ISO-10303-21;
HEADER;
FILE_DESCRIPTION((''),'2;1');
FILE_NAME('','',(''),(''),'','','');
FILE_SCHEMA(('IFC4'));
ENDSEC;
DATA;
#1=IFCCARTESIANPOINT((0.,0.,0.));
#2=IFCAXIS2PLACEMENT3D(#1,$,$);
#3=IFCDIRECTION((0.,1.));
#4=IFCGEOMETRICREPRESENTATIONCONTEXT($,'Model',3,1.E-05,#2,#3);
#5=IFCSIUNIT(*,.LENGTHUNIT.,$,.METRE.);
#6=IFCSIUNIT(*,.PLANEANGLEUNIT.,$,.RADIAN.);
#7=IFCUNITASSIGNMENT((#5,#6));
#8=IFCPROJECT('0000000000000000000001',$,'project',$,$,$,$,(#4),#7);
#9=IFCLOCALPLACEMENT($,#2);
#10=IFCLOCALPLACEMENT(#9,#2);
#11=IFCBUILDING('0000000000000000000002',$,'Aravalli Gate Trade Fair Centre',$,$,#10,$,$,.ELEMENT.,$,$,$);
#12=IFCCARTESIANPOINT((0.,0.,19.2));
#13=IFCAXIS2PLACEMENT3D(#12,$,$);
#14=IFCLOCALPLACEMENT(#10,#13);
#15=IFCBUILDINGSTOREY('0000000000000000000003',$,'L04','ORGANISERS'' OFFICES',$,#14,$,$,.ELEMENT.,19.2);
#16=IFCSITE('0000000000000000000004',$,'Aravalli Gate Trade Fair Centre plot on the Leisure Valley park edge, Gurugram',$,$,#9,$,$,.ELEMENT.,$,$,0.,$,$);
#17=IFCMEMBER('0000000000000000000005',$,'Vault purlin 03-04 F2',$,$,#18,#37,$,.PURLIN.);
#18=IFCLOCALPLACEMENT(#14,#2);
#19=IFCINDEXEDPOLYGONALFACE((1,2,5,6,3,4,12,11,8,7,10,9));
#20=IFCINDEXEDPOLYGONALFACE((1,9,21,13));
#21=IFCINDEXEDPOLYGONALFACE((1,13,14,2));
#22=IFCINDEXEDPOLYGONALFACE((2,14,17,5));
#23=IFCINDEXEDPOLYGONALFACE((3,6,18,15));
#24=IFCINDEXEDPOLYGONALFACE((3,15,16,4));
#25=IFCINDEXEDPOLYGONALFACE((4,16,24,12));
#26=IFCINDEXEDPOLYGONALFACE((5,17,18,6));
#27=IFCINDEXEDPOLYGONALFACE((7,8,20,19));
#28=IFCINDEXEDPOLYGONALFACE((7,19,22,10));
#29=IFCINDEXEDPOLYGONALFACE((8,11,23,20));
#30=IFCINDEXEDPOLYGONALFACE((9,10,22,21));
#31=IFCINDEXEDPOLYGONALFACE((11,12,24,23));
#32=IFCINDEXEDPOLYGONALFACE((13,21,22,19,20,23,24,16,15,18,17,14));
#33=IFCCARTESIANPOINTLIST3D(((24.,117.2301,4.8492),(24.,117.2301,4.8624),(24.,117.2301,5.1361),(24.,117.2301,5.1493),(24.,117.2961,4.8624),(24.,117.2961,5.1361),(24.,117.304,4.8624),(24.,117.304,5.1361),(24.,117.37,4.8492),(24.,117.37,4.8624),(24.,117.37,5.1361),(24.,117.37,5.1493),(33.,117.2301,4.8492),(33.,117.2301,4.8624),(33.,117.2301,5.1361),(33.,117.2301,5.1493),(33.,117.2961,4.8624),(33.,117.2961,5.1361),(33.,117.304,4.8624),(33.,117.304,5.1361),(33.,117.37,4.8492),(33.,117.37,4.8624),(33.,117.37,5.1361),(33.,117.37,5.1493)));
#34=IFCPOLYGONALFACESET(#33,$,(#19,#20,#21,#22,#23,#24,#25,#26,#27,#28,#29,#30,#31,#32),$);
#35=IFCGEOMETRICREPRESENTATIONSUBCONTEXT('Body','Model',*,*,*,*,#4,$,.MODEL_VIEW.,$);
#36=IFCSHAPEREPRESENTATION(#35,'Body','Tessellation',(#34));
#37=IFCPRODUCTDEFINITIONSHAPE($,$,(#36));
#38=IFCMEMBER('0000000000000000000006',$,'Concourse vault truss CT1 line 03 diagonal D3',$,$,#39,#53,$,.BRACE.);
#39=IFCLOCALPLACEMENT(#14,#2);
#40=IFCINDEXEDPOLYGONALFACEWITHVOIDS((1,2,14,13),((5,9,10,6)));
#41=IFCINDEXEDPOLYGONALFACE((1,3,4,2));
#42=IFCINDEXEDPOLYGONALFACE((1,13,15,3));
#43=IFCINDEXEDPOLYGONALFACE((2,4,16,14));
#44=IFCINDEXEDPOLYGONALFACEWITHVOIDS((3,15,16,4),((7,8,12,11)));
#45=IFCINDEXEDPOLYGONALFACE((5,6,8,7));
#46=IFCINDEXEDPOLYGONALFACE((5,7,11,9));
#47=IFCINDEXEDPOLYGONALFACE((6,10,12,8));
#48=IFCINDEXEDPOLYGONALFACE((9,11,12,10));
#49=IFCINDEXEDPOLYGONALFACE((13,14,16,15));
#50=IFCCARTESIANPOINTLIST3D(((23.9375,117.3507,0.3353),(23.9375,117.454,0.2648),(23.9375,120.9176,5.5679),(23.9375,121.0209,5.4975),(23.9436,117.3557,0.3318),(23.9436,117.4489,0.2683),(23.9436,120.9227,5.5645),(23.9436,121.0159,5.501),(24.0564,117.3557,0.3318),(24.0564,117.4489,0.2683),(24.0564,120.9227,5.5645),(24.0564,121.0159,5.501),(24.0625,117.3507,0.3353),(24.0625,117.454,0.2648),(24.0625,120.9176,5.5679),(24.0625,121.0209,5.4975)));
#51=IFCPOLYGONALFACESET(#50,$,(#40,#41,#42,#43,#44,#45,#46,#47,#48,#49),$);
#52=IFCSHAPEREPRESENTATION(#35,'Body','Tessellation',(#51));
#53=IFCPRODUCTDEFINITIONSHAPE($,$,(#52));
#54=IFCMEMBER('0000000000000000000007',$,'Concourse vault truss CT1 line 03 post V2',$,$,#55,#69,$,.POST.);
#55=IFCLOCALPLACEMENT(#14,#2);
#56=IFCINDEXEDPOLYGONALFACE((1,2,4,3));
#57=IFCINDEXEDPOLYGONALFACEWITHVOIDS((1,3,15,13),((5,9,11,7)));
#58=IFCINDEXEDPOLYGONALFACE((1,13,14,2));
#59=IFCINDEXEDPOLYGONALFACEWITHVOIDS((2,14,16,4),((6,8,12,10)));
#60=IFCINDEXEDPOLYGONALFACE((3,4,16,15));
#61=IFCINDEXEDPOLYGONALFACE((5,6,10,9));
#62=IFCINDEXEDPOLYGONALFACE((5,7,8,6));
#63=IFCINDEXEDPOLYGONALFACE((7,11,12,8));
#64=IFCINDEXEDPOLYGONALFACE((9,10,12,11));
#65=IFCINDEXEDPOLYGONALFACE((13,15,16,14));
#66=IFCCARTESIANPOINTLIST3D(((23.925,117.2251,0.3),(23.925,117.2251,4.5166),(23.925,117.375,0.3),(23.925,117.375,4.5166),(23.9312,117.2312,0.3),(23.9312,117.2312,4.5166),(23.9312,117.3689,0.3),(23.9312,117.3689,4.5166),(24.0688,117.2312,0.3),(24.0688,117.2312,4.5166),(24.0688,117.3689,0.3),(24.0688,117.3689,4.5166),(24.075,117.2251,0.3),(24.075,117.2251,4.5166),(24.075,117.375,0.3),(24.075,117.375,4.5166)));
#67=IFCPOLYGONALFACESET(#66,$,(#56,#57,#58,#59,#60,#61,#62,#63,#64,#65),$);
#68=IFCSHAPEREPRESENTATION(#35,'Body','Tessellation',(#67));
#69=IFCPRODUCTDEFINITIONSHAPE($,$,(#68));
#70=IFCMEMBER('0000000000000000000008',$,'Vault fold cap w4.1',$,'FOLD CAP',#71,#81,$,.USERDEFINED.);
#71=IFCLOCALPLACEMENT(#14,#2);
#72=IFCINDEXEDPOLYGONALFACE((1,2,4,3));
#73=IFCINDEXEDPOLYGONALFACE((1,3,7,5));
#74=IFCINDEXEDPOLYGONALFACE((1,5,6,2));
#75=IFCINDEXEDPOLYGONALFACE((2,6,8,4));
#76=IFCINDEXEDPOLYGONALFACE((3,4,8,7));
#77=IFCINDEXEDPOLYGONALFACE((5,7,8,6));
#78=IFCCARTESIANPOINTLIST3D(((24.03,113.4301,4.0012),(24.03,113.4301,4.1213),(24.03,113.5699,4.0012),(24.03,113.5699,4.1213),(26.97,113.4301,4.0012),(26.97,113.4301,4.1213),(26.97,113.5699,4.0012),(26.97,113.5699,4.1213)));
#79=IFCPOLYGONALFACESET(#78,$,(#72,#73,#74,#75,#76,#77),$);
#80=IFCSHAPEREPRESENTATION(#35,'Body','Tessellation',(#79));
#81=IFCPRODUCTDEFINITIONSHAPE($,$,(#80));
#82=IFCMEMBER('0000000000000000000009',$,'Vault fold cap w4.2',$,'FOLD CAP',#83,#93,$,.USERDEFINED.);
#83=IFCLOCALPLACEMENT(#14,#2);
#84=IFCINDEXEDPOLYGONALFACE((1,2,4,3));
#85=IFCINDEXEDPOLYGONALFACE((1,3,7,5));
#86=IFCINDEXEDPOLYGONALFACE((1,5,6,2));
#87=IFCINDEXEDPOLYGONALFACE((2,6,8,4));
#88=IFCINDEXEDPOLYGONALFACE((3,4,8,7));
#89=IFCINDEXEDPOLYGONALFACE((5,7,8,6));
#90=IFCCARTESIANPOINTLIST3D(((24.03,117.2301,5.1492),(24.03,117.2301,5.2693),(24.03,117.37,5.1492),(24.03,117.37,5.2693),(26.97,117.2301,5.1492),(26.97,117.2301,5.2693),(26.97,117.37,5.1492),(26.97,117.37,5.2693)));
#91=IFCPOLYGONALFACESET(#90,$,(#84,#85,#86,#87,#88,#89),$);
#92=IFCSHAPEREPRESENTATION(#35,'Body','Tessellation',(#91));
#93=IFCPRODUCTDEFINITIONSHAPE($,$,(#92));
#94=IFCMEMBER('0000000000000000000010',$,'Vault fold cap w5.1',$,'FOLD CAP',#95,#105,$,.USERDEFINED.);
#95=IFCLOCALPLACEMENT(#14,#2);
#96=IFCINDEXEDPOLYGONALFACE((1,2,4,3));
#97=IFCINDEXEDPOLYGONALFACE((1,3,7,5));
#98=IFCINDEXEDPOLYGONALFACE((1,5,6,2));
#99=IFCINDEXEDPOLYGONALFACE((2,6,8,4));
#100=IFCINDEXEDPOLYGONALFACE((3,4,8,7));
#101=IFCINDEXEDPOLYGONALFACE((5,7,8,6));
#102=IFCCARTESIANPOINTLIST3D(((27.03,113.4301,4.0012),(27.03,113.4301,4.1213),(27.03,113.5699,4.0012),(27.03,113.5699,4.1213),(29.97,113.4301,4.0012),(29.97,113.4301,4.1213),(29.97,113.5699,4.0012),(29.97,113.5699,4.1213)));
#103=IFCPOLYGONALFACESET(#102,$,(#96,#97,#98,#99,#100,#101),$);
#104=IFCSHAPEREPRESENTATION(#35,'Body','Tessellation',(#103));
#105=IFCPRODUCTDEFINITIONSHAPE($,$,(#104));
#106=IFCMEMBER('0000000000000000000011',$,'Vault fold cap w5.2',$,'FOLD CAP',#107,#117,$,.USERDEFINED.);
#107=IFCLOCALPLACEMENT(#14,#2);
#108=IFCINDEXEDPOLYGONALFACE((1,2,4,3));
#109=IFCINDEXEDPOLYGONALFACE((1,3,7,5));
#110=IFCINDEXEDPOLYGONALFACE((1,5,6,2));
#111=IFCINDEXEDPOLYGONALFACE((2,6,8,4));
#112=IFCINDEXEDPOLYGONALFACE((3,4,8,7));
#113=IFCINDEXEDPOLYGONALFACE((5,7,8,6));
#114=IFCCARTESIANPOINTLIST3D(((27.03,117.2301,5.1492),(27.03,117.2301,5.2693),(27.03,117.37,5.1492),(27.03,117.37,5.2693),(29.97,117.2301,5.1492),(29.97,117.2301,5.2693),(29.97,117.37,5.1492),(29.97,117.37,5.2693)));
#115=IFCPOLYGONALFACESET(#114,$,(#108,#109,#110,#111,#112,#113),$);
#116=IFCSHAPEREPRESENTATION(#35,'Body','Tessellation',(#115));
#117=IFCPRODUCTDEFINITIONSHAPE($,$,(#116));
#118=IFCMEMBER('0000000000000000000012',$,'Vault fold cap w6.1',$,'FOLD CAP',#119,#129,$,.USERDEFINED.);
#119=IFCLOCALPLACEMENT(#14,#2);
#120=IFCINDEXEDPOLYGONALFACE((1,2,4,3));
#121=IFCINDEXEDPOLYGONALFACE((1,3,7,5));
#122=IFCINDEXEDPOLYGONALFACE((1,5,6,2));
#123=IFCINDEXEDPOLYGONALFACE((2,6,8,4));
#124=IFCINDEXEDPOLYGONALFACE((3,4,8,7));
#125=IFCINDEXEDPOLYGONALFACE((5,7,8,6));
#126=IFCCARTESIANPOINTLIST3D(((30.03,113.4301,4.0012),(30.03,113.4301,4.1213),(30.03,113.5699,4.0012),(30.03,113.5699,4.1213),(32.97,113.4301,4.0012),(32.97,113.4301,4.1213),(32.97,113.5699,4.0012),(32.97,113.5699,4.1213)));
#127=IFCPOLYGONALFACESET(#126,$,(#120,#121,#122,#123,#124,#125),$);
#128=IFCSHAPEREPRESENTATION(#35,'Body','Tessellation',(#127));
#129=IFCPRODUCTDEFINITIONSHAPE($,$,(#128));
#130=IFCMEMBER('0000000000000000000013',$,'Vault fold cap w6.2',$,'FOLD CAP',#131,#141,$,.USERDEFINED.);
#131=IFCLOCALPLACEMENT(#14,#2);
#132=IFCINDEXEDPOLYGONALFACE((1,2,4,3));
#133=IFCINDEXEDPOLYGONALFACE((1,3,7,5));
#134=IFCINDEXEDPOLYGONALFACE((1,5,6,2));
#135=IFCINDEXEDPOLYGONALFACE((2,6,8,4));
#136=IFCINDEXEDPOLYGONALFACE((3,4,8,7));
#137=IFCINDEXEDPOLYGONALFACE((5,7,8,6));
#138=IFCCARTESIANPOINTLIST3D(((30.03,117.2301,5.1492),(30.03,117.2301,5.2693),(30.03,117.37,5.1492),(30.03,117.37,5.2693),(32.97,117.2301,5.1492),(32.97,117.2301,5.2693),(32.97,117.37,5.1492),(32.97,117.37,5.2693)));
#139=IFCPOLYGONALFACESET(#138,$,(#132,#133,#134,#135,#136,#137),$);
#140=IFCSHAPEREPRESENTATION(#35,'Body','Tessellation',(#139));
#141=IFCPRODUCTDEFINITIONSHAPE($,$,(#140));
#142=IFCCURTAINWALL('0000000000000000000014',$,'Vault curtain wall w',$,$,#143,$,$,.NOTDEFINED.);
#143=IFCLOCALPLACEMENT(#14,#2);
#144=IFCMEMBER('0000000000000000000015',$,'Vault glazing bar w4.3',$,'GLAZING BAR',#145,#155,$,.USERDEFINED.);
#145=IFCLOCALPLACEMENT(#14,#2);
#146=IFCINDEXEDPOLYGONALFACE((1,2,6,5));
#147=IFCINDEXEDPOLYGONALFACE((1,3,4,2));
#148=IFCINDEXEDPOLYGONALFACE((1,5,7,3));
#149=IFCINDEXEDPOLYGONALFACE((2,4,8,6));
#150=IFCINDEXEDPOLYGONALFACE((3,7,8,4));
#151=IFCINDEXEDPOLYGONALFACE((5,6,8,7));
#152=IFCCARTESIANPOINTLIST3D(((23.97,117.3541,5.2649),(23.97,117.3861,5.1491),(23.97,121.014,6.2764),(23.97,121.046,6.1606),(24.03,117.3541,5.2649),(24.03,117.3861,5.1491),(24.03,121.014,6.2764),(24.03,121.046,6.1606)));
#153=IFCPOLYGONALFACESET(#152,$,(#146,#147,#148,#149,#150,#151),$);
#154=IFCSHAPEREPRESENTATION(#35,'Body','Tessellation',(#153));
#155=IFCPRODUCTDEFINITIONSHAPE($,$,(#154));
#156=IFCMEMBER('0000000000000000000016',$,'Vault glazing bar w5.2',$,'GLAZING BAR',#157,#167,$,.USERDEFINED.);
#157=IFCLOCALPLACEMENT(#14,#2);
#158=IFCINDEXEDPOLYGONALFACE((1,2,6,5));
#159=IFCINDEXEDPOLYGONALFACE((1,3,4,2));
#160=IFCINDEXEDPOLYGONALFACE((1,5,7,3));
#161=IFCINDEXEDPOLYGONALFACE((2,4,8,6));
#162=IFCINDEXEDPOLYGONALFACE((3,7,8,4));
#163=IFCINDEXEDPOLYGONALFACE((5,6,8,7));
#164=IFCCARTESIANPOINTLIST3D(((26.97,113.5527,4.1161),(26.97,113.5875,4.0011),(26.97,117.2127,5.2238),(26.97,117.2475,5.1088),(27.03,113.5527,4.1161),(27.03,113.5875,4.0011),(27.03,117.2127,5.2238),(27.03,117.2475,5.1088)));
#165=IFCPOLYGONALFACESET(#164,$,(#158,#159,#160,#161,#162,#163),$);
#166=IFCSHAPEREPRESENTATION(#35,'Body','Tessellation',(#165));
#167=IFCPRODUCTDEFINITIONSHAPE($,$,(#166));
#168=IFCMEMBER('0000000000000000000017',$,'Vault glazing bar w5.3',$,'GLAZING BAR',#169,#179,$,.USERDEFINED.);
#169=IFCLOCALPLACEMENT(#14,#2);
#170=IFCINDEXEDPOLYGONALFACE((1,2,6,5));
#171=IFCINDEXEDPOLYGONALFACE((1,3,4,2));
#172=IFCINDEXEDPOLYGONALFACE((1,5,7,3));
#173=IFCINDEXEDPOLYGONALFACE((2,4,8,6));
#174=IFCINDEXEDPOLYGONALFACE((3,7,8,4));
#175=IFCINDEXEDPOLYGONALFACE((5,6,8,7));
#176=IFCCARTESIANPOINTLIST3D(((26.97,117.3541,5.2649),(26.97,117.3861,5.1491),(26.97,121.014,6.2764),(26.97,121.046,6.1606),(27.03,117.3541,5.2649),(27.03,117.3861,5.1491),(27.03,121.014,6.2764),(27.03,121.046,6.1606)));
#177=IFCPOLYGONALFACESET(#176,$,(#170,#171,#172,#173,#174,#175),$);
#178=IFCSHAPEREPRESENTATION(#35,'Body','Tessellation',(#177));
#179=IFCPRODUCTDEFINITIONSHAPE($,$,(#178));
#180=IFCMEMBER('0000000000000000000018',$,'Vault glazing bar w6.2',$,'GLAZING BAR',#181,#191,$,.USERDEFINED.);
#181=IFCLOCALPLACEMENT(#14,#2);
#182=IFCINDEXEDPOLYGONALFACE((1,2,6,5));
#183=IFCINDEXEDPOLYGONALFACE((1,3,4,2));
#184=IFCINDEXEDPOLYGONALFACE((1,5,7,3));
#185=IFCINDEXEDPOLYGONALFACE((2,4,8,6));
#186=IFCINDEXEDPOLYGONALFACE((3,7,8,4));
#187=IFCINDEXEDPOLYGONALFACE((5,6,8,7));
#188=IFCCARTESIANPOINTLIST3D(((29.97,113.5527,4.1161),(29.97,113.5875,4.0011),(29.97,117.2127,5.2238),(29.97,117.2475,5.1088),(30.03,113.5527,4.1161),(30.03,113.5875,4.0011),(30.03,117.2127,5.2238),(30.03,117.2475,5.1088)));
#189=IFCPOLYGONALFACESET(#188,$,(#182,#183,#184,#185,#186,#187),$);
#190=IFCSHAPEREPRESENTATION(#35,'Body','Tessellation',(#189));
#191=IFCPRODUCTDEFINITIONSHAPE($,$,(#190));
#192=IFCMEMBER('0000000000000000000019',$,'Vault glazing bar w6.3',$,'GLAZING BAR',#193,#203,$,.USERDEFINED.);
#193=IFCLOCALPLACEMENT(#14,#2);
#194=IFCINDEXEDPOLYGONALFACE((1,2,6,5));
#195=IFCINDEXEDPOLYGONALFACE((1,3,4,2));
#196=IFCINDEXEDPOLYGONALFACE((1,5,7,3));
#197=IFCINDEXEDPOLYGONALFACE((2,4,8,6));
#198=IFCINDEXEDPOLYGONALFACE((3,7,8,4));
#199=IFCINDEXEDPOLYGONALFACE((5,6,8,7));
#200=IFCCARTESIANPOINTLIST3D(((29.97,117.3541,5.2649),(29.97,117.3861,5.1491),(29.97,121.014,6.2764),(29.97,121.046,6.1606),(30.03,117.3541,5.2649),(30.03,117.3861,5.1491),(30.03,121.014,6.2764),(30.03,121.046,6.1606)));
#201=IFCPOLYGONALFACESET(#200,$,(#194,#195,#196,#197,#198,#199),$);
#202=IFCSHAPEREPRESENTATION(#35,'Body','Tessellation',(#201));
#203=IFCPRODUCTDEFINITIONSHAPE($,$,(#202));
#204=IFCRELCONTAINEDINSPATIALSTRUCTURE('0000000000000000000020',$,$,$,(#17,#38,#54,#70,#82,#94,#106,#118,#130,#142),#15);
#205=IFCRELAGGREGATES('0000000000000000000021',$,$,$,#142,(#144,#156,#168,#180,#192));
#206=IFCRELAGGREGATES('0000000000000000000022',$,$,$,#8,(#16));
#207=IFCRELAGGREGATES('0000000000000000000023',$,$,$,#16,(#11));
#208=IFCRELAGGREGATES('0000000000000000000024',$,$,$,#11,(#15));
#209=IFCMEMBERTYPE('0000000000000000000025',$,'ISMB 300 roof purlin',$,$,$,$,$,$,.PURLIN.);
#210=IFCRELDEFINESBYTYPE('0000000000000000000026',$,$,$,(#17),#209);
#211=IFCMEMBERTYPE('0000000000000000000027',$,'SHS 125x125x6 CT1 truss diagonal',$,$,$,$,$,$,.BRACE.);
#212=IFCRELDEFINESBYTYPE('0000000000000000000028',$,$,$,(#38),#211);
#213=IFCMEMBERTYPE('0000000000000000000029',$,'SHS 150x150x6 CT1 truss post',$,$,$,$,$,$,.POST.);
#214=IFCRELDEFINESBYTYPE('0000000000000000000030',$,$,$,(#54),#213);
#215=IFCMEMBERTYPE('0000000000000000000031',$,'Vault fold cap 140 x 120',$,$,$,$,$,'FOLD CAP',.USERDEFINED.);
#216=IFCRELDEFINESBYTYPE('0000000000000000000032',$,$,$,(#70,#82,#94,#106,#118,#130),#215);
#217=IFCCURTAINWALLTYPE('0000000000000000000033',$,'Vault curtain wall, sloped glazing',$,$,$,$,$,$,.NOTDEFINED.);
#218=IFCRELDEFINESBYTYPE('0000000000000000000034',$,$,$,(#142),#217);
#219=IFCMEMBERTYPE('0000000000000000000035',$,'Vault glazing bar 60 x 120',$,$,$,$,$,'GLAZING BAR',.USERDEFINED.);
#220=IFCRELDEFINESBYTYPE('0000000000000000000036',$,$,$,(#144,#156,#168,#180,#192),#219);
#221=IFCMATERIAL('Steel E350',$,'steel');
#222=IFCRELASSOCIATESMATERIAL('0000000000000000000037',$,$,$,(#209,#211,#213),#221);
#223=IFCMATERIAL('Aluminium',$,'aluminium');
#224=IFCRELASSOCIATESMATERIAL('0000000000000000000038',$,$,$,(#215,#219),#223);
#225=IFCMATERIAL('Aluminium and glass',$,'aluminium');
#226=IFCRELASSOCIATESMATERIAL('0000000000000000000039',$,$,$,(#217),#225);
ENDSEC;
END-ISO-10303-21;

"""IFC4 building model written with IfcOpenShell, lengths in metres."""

from ifc_helpers import new_model, si_unit, direction, frame, origin, origin_2d, place, context, subcontext, project, spatial, rectangle, hollow_rectangle, i_section, extrude, material, material_profile, profile_set, type_object, element, aggregate, save


model = new_model("IFC4")

# Units and contexts
model_context = context("Model", 3, precision=1e-05, world=origin(), true_north=direction((0.0, 1.0)))
body_context = subcontext(model_context, "Body", "Model", "MODEL_VIEW")
ifc_project = project(units=[si_unit("LENGTHUNIT", "METRE"), si_unit("PLANEANGLEUNIT", "RADIAN")], contexts=[model_context])

# Site, building, storey
site_placement = place(None, origin())
site = spatial("IfcSite", under=ifc_project, at=site_placement, Name="Aravalli Gate Trade Fair Centre plot on the Leisure Valley park edge, Gurugram", CompositionType="ELEMENT", RefElevation=0.0)
building_placement = place(site_placement, origin())
building = spatial("IfcBuilding", under=site, at=building_placement, Name="Aravalli Gate Trade Fair Centre", CompositionType="ELEMENT")
storey_placement = place(building_placement, frame((0.0, 0.0, 19.2)))
storey = spatial("IfcBuildingStorey", under=building, at=storey_placement, Name="L04", Description="ORGANISERS' OFFICES", CompositionType="ELEMENT", Elevation=19.2)

# Members
ifc_material_1 = material(Name="Steel E350", Category="steel")
ifc_material_profile_1 = material_profile(ifc_material_1, i_section(OverallWidth=0.1399, OverallDepth=0.3, WebThickness=0.0078, FlangeThickness=0.0132, at=origin_2d()), Name="ISMB 300")
ifc_profile_set_1 = profile_set([ifc_material_profile_1], Name="Steel E350")
member_type_1 = type_object("IfcMemberType", Name="ISMB 300 roof purlin", PredefinedType="PURLIN", material=ifc_profile_set_1)
member_1_placement = place(storey_placement, frame((24.0, 117.3, 4.9993), z_axis=(1.0, 0.0, 0.0), x_axis=(0.0, 1.0, 0.0)))
element("IfcMember", 1, at=member_1_placement, inside=storey, type_object=member_type_1, Name="Vault purlin 03-04 F2", PredefinedType="PURLIN", context=body_context, shape_type="SweptSolid", body=[
    extrude(i_section(OverallWidth=0.1399, OverallDepth=0.3, WebThickness=0.0078, FlangeThickness=0.0132, at=origin_2d()), origin(), (0.0, 0.0, 1.0), 9.0),
])
ifc_material_profile_2 = material_profile(ifc_material_1, hollow_rectangle(XDim=0.125, YDim=0.125, WallThickness=0.0061, at=origin_2d()), Name="SHS 125x125x6")
ifc_profile_set_2 = profile_set([ifc_material_profile_2], Name="Steel E350")
member_type_2 = type_object("IfcMemberType", Name="SHS 125x125x6 CT1 truss diagonal", PredefinedType="BRACE", material=ifc_profile_set_2)
member_2_placement = place(storey_placement, frame((24.0, 117.4023, 0.3), z_axis=(0.0, 0.563247, 0.826289), x_axis=(-1.0, 0.0, 0.0)))
element("IfcMember", 2, at=member_2_placement, inside=storey, type_object=member_type_2, Name="Concourse vault truss CT1 line 03 diagonal D3", PredefinedType="BRACE", context=body_context, shape_type="SweptSolid", body=[
    extrude(hollow_rectangle(XDim=0.125, YDim=0.125, WallThickness=0.0061, at=origin_2d()), origin(), (0.0, 0.0, 1.0), 6.3328),
])
ifc_material_profile_3 = material_profile(ifc_material_1, hollow_rectangle(XDim=0.1499, YDim=0.1499, WallThickness=0.0061, at=origin_2d()), Name="SHS 150x150x6")
ifc_profile_set_3 = profile_set([ifc_material_profile_3], Name="Steel E350")
member_type_3 = type_object("IfcMemberType", Name="SHS 150x150x6 CT1 truss post", PredefinedType="POST", material=ifc_profile_set_3)
member_3_placement = place(storey_placement, frame((24.0, 117.3, 0.3), z_axis=(0.0, 0.0, 1.0), x_axis=(1.0, 0.0, 0.0)))
element("IfcMember", 3, at=member_3_placement, inside=storey, type_object=member_type_3, Name="Concourse vault truss CT1 line 03 post V2", PredefinedType="POST", context=body_context, shape_type="SweptSolid", body=[
    extrude(hollow_rectangle(XDim=0.1499, YDim=0.1499, WallThickness=0.0061, at=origin_2d()), origin(), (0.0, 0.0, 1.0), 4.2166),
])
ifc_material_2 = material(Name="Aluminium", Category="aluminium")
ifc_material_profile_4 = material_profile(ifc_material_2, rectangle(XDim=0.1399, YDim=0.1201, at=origin_2d()), Name="Vault fold cap 140 x 120")
ifc_profile_set_4 = profile_set([ifc_material_profile_4], Name="Aluminium")
member_type_4 = type_object("IfcMemberType", Name="Vault fold cap 140 x 120", ElementType="FOLD CAP", PredefinedType="USERDEFINED", material=ifc_profile_set_4)
for number, where, z_axis, x_axis, name in (
    (4, (24.03, 113.5, 4.0613), (1.0, 0.0, 0.0), (0.0, 1.0, 0.0), "Vault fold cap w4.1"),
    (5, (24.03, 117.3, 5.2092), (1.0, 0.0, 0.0), (0.0, 1.0, 0.0), "Vault fold cap w4.2"),
    (6, (27.03, 113.5, 4.0613), (1.0, 0.0, 0.0), (0.0, 1.0, 0.0), "Vault fold cap w5.1"),
    (7, (27.03, 117.3, 5.2092), (1.0, 0.0, 0.0), (0.0, 1.0, 0.0), "Vault fold cap w5.2"),
    (8, (30.03, 113.5, 4.0613), (1.0, 0.0, 0.0), (0.0, 1.0, 0.0), "Vault fold cap w6.1"),
    (9, (30.03, 117.3, 5.2092), (1.0, 0.0, 0.0), (0.0, 1.0, 0.0), "Vault fold cap w6.2"),
):
    element("IfcMember", number, at=place(storey_placement, frame(where, z_axis=z_axis, x_axis=x_axis)), inside=storey, type_object=member_type_4, Name=name, ObjectType="FOLD CAP", PredefinedType="USERDEFINED", context=body_context, shape_type="SweptSolid", body=[
        extrude(rectangle(XDim=0.1399, YDim=0.1201, at=origin_2d()), origin(), (0.0, 0.0, 1.0), 2.9399),
    ])

# Curtain wall, members
ifc_material_3 = material(Name="Aluminium and glass", Category="aluminium")
curtain_wall_type = type_object("IfcCurtainWallType", Name="Vault curtain wall, sloped glazing", PredefinedType="NOTDEFINED", material=ifc_material_3)
curtain_wall_placement = place(storey_placement, origin())
curtain_wall = element("IfcCurtainWall", 10, at=curtain_wall_placement, inside=storey, type_object=curtain_wall_type, Name="Vault curtain wall w", PredefinedType="NOTDEFINED")
ifc_material_profile_5 = material_profile(ifc_material_2, rectangle(XDim=0.0601, YDim=0.1201, at=origin_2d()), Name="Vault glazing bar 60 x 120")
ifc_profile_set_5 = profile_set([ifc_material_profile_5], Name="Aluminium")
member_type_5 = type_object("IfcMemberType", Name="Vault glazing bar 60 x 120", ElementType="GLAZING BAR", PredefinedType="USERDEFINED", material=ifc_profile_set_5)
member_4_placement = place(storey_placement, frame((24.0, 117.3701, 5.207), z_axis=(0.0, 0.963868, 0.26638), x_axis=(-1.0, 0.0, 0.0)))
member_4 = element("IfcMember", 11, at=member_4_placement, type_object=member_type_5, Name="Vault glazing bar w4.3", ObjectType="GLAZING BAR", PredefinedType="USERDEFINED", context=body_context, shape_type="SweptSolid", body=[
    extrude(rectangle(XDim=0.0601, YDim=0.1201, at=origin_2d()), origin(), (0.0, 0.0, 1.0), 3.7971),
])
member_5_placement = place(storey_placement, frame((27.0, 113.5701, 4.0586), z_axis=(0.0, 0.957126, 0.289672), x_axis=(-1.0, 0.0, 0.0)))
member_5 = element("IfcMember", 12, at=member_5_placement, type_object=member_type_5, Name="Vault glazing bar w5.2", ObjectType="GLAZING BAR", PredefinedType="USERDEFINED", context=body_context, shape_type="SweptSolid", body=[
    extrude(rectangle(XDim=0.0601, YDim=0.1201, at=origin_2d()), origin(), (0.0, 0.0, 1.0), 3.824),
])
member_6_placement = place(storey_placement, frame((27.0, 117.3701, 5.207), z_axis=(0.0, 0.963868, 0.26638), x_axis=(-1.0, 0.0, 0.0)))
member_6 = element("IfcMember", 13, at=member_6_placement, type_object=member_type_5, Name="Vault glazing bar w5.3", ObjectType="GLAZING BAR", PredefinedType="USERDEFINED", context=body_context, shape_type="SweptSolid", body=[
    extrude(rectangle(XDim=0.0601, YDim=0.1201, at=origin_2d()), origin(), (0.0, 0.0, 1.0), 3.7971),
])
member_7_placement = place(storey_placement, frame((30.0, 113.5701, 4.0586), z_axis=(0.0, 0.957126, 0.289672), x_axis=(-1.0, 0.0, 0.0)))
member_7 = element("IfcMember", 14, at=member_7_placement, type_object=member_type_5, Name="Vault glazing bar w6.2", ObjectType="GLAZING BAR", PredefinedType="USERDEFINED", context=body_context, shape_type="SweptSolid", body=[
    extrude(rectangle(XDim=0.0601, YDim=0.1201, at=origin_2d()), origin(), (0.0, 0.0, 1.0), 3.824),
])
member_8_placement = place(storey_placement, frame((30.0, 117.3701, 5.207), z_axis=(0.0, 0.963868, 0.26638), x_axis=(-1.0, 0.0, 0.0)))
member_8 = element("IfcMember", 15, at=member_8_placement, type_object=member_type_5, Name="Vault glazing bar w6.3", ObjectType="GLAZING BAR", PredefinedType="USERDEFINED", context=body_context, shape_type="SweptSolid", body=[
    extrude(rectangle(XDim=0.0601, YDim=0.1201, at=origin_2d()), origin(), (0.0, 0.0, 1.0), 3.7971),
])
aggregate(curtain_wall, [member_4, member_5, member_6, member_7, member_8])

save(model, "model.ifc")
